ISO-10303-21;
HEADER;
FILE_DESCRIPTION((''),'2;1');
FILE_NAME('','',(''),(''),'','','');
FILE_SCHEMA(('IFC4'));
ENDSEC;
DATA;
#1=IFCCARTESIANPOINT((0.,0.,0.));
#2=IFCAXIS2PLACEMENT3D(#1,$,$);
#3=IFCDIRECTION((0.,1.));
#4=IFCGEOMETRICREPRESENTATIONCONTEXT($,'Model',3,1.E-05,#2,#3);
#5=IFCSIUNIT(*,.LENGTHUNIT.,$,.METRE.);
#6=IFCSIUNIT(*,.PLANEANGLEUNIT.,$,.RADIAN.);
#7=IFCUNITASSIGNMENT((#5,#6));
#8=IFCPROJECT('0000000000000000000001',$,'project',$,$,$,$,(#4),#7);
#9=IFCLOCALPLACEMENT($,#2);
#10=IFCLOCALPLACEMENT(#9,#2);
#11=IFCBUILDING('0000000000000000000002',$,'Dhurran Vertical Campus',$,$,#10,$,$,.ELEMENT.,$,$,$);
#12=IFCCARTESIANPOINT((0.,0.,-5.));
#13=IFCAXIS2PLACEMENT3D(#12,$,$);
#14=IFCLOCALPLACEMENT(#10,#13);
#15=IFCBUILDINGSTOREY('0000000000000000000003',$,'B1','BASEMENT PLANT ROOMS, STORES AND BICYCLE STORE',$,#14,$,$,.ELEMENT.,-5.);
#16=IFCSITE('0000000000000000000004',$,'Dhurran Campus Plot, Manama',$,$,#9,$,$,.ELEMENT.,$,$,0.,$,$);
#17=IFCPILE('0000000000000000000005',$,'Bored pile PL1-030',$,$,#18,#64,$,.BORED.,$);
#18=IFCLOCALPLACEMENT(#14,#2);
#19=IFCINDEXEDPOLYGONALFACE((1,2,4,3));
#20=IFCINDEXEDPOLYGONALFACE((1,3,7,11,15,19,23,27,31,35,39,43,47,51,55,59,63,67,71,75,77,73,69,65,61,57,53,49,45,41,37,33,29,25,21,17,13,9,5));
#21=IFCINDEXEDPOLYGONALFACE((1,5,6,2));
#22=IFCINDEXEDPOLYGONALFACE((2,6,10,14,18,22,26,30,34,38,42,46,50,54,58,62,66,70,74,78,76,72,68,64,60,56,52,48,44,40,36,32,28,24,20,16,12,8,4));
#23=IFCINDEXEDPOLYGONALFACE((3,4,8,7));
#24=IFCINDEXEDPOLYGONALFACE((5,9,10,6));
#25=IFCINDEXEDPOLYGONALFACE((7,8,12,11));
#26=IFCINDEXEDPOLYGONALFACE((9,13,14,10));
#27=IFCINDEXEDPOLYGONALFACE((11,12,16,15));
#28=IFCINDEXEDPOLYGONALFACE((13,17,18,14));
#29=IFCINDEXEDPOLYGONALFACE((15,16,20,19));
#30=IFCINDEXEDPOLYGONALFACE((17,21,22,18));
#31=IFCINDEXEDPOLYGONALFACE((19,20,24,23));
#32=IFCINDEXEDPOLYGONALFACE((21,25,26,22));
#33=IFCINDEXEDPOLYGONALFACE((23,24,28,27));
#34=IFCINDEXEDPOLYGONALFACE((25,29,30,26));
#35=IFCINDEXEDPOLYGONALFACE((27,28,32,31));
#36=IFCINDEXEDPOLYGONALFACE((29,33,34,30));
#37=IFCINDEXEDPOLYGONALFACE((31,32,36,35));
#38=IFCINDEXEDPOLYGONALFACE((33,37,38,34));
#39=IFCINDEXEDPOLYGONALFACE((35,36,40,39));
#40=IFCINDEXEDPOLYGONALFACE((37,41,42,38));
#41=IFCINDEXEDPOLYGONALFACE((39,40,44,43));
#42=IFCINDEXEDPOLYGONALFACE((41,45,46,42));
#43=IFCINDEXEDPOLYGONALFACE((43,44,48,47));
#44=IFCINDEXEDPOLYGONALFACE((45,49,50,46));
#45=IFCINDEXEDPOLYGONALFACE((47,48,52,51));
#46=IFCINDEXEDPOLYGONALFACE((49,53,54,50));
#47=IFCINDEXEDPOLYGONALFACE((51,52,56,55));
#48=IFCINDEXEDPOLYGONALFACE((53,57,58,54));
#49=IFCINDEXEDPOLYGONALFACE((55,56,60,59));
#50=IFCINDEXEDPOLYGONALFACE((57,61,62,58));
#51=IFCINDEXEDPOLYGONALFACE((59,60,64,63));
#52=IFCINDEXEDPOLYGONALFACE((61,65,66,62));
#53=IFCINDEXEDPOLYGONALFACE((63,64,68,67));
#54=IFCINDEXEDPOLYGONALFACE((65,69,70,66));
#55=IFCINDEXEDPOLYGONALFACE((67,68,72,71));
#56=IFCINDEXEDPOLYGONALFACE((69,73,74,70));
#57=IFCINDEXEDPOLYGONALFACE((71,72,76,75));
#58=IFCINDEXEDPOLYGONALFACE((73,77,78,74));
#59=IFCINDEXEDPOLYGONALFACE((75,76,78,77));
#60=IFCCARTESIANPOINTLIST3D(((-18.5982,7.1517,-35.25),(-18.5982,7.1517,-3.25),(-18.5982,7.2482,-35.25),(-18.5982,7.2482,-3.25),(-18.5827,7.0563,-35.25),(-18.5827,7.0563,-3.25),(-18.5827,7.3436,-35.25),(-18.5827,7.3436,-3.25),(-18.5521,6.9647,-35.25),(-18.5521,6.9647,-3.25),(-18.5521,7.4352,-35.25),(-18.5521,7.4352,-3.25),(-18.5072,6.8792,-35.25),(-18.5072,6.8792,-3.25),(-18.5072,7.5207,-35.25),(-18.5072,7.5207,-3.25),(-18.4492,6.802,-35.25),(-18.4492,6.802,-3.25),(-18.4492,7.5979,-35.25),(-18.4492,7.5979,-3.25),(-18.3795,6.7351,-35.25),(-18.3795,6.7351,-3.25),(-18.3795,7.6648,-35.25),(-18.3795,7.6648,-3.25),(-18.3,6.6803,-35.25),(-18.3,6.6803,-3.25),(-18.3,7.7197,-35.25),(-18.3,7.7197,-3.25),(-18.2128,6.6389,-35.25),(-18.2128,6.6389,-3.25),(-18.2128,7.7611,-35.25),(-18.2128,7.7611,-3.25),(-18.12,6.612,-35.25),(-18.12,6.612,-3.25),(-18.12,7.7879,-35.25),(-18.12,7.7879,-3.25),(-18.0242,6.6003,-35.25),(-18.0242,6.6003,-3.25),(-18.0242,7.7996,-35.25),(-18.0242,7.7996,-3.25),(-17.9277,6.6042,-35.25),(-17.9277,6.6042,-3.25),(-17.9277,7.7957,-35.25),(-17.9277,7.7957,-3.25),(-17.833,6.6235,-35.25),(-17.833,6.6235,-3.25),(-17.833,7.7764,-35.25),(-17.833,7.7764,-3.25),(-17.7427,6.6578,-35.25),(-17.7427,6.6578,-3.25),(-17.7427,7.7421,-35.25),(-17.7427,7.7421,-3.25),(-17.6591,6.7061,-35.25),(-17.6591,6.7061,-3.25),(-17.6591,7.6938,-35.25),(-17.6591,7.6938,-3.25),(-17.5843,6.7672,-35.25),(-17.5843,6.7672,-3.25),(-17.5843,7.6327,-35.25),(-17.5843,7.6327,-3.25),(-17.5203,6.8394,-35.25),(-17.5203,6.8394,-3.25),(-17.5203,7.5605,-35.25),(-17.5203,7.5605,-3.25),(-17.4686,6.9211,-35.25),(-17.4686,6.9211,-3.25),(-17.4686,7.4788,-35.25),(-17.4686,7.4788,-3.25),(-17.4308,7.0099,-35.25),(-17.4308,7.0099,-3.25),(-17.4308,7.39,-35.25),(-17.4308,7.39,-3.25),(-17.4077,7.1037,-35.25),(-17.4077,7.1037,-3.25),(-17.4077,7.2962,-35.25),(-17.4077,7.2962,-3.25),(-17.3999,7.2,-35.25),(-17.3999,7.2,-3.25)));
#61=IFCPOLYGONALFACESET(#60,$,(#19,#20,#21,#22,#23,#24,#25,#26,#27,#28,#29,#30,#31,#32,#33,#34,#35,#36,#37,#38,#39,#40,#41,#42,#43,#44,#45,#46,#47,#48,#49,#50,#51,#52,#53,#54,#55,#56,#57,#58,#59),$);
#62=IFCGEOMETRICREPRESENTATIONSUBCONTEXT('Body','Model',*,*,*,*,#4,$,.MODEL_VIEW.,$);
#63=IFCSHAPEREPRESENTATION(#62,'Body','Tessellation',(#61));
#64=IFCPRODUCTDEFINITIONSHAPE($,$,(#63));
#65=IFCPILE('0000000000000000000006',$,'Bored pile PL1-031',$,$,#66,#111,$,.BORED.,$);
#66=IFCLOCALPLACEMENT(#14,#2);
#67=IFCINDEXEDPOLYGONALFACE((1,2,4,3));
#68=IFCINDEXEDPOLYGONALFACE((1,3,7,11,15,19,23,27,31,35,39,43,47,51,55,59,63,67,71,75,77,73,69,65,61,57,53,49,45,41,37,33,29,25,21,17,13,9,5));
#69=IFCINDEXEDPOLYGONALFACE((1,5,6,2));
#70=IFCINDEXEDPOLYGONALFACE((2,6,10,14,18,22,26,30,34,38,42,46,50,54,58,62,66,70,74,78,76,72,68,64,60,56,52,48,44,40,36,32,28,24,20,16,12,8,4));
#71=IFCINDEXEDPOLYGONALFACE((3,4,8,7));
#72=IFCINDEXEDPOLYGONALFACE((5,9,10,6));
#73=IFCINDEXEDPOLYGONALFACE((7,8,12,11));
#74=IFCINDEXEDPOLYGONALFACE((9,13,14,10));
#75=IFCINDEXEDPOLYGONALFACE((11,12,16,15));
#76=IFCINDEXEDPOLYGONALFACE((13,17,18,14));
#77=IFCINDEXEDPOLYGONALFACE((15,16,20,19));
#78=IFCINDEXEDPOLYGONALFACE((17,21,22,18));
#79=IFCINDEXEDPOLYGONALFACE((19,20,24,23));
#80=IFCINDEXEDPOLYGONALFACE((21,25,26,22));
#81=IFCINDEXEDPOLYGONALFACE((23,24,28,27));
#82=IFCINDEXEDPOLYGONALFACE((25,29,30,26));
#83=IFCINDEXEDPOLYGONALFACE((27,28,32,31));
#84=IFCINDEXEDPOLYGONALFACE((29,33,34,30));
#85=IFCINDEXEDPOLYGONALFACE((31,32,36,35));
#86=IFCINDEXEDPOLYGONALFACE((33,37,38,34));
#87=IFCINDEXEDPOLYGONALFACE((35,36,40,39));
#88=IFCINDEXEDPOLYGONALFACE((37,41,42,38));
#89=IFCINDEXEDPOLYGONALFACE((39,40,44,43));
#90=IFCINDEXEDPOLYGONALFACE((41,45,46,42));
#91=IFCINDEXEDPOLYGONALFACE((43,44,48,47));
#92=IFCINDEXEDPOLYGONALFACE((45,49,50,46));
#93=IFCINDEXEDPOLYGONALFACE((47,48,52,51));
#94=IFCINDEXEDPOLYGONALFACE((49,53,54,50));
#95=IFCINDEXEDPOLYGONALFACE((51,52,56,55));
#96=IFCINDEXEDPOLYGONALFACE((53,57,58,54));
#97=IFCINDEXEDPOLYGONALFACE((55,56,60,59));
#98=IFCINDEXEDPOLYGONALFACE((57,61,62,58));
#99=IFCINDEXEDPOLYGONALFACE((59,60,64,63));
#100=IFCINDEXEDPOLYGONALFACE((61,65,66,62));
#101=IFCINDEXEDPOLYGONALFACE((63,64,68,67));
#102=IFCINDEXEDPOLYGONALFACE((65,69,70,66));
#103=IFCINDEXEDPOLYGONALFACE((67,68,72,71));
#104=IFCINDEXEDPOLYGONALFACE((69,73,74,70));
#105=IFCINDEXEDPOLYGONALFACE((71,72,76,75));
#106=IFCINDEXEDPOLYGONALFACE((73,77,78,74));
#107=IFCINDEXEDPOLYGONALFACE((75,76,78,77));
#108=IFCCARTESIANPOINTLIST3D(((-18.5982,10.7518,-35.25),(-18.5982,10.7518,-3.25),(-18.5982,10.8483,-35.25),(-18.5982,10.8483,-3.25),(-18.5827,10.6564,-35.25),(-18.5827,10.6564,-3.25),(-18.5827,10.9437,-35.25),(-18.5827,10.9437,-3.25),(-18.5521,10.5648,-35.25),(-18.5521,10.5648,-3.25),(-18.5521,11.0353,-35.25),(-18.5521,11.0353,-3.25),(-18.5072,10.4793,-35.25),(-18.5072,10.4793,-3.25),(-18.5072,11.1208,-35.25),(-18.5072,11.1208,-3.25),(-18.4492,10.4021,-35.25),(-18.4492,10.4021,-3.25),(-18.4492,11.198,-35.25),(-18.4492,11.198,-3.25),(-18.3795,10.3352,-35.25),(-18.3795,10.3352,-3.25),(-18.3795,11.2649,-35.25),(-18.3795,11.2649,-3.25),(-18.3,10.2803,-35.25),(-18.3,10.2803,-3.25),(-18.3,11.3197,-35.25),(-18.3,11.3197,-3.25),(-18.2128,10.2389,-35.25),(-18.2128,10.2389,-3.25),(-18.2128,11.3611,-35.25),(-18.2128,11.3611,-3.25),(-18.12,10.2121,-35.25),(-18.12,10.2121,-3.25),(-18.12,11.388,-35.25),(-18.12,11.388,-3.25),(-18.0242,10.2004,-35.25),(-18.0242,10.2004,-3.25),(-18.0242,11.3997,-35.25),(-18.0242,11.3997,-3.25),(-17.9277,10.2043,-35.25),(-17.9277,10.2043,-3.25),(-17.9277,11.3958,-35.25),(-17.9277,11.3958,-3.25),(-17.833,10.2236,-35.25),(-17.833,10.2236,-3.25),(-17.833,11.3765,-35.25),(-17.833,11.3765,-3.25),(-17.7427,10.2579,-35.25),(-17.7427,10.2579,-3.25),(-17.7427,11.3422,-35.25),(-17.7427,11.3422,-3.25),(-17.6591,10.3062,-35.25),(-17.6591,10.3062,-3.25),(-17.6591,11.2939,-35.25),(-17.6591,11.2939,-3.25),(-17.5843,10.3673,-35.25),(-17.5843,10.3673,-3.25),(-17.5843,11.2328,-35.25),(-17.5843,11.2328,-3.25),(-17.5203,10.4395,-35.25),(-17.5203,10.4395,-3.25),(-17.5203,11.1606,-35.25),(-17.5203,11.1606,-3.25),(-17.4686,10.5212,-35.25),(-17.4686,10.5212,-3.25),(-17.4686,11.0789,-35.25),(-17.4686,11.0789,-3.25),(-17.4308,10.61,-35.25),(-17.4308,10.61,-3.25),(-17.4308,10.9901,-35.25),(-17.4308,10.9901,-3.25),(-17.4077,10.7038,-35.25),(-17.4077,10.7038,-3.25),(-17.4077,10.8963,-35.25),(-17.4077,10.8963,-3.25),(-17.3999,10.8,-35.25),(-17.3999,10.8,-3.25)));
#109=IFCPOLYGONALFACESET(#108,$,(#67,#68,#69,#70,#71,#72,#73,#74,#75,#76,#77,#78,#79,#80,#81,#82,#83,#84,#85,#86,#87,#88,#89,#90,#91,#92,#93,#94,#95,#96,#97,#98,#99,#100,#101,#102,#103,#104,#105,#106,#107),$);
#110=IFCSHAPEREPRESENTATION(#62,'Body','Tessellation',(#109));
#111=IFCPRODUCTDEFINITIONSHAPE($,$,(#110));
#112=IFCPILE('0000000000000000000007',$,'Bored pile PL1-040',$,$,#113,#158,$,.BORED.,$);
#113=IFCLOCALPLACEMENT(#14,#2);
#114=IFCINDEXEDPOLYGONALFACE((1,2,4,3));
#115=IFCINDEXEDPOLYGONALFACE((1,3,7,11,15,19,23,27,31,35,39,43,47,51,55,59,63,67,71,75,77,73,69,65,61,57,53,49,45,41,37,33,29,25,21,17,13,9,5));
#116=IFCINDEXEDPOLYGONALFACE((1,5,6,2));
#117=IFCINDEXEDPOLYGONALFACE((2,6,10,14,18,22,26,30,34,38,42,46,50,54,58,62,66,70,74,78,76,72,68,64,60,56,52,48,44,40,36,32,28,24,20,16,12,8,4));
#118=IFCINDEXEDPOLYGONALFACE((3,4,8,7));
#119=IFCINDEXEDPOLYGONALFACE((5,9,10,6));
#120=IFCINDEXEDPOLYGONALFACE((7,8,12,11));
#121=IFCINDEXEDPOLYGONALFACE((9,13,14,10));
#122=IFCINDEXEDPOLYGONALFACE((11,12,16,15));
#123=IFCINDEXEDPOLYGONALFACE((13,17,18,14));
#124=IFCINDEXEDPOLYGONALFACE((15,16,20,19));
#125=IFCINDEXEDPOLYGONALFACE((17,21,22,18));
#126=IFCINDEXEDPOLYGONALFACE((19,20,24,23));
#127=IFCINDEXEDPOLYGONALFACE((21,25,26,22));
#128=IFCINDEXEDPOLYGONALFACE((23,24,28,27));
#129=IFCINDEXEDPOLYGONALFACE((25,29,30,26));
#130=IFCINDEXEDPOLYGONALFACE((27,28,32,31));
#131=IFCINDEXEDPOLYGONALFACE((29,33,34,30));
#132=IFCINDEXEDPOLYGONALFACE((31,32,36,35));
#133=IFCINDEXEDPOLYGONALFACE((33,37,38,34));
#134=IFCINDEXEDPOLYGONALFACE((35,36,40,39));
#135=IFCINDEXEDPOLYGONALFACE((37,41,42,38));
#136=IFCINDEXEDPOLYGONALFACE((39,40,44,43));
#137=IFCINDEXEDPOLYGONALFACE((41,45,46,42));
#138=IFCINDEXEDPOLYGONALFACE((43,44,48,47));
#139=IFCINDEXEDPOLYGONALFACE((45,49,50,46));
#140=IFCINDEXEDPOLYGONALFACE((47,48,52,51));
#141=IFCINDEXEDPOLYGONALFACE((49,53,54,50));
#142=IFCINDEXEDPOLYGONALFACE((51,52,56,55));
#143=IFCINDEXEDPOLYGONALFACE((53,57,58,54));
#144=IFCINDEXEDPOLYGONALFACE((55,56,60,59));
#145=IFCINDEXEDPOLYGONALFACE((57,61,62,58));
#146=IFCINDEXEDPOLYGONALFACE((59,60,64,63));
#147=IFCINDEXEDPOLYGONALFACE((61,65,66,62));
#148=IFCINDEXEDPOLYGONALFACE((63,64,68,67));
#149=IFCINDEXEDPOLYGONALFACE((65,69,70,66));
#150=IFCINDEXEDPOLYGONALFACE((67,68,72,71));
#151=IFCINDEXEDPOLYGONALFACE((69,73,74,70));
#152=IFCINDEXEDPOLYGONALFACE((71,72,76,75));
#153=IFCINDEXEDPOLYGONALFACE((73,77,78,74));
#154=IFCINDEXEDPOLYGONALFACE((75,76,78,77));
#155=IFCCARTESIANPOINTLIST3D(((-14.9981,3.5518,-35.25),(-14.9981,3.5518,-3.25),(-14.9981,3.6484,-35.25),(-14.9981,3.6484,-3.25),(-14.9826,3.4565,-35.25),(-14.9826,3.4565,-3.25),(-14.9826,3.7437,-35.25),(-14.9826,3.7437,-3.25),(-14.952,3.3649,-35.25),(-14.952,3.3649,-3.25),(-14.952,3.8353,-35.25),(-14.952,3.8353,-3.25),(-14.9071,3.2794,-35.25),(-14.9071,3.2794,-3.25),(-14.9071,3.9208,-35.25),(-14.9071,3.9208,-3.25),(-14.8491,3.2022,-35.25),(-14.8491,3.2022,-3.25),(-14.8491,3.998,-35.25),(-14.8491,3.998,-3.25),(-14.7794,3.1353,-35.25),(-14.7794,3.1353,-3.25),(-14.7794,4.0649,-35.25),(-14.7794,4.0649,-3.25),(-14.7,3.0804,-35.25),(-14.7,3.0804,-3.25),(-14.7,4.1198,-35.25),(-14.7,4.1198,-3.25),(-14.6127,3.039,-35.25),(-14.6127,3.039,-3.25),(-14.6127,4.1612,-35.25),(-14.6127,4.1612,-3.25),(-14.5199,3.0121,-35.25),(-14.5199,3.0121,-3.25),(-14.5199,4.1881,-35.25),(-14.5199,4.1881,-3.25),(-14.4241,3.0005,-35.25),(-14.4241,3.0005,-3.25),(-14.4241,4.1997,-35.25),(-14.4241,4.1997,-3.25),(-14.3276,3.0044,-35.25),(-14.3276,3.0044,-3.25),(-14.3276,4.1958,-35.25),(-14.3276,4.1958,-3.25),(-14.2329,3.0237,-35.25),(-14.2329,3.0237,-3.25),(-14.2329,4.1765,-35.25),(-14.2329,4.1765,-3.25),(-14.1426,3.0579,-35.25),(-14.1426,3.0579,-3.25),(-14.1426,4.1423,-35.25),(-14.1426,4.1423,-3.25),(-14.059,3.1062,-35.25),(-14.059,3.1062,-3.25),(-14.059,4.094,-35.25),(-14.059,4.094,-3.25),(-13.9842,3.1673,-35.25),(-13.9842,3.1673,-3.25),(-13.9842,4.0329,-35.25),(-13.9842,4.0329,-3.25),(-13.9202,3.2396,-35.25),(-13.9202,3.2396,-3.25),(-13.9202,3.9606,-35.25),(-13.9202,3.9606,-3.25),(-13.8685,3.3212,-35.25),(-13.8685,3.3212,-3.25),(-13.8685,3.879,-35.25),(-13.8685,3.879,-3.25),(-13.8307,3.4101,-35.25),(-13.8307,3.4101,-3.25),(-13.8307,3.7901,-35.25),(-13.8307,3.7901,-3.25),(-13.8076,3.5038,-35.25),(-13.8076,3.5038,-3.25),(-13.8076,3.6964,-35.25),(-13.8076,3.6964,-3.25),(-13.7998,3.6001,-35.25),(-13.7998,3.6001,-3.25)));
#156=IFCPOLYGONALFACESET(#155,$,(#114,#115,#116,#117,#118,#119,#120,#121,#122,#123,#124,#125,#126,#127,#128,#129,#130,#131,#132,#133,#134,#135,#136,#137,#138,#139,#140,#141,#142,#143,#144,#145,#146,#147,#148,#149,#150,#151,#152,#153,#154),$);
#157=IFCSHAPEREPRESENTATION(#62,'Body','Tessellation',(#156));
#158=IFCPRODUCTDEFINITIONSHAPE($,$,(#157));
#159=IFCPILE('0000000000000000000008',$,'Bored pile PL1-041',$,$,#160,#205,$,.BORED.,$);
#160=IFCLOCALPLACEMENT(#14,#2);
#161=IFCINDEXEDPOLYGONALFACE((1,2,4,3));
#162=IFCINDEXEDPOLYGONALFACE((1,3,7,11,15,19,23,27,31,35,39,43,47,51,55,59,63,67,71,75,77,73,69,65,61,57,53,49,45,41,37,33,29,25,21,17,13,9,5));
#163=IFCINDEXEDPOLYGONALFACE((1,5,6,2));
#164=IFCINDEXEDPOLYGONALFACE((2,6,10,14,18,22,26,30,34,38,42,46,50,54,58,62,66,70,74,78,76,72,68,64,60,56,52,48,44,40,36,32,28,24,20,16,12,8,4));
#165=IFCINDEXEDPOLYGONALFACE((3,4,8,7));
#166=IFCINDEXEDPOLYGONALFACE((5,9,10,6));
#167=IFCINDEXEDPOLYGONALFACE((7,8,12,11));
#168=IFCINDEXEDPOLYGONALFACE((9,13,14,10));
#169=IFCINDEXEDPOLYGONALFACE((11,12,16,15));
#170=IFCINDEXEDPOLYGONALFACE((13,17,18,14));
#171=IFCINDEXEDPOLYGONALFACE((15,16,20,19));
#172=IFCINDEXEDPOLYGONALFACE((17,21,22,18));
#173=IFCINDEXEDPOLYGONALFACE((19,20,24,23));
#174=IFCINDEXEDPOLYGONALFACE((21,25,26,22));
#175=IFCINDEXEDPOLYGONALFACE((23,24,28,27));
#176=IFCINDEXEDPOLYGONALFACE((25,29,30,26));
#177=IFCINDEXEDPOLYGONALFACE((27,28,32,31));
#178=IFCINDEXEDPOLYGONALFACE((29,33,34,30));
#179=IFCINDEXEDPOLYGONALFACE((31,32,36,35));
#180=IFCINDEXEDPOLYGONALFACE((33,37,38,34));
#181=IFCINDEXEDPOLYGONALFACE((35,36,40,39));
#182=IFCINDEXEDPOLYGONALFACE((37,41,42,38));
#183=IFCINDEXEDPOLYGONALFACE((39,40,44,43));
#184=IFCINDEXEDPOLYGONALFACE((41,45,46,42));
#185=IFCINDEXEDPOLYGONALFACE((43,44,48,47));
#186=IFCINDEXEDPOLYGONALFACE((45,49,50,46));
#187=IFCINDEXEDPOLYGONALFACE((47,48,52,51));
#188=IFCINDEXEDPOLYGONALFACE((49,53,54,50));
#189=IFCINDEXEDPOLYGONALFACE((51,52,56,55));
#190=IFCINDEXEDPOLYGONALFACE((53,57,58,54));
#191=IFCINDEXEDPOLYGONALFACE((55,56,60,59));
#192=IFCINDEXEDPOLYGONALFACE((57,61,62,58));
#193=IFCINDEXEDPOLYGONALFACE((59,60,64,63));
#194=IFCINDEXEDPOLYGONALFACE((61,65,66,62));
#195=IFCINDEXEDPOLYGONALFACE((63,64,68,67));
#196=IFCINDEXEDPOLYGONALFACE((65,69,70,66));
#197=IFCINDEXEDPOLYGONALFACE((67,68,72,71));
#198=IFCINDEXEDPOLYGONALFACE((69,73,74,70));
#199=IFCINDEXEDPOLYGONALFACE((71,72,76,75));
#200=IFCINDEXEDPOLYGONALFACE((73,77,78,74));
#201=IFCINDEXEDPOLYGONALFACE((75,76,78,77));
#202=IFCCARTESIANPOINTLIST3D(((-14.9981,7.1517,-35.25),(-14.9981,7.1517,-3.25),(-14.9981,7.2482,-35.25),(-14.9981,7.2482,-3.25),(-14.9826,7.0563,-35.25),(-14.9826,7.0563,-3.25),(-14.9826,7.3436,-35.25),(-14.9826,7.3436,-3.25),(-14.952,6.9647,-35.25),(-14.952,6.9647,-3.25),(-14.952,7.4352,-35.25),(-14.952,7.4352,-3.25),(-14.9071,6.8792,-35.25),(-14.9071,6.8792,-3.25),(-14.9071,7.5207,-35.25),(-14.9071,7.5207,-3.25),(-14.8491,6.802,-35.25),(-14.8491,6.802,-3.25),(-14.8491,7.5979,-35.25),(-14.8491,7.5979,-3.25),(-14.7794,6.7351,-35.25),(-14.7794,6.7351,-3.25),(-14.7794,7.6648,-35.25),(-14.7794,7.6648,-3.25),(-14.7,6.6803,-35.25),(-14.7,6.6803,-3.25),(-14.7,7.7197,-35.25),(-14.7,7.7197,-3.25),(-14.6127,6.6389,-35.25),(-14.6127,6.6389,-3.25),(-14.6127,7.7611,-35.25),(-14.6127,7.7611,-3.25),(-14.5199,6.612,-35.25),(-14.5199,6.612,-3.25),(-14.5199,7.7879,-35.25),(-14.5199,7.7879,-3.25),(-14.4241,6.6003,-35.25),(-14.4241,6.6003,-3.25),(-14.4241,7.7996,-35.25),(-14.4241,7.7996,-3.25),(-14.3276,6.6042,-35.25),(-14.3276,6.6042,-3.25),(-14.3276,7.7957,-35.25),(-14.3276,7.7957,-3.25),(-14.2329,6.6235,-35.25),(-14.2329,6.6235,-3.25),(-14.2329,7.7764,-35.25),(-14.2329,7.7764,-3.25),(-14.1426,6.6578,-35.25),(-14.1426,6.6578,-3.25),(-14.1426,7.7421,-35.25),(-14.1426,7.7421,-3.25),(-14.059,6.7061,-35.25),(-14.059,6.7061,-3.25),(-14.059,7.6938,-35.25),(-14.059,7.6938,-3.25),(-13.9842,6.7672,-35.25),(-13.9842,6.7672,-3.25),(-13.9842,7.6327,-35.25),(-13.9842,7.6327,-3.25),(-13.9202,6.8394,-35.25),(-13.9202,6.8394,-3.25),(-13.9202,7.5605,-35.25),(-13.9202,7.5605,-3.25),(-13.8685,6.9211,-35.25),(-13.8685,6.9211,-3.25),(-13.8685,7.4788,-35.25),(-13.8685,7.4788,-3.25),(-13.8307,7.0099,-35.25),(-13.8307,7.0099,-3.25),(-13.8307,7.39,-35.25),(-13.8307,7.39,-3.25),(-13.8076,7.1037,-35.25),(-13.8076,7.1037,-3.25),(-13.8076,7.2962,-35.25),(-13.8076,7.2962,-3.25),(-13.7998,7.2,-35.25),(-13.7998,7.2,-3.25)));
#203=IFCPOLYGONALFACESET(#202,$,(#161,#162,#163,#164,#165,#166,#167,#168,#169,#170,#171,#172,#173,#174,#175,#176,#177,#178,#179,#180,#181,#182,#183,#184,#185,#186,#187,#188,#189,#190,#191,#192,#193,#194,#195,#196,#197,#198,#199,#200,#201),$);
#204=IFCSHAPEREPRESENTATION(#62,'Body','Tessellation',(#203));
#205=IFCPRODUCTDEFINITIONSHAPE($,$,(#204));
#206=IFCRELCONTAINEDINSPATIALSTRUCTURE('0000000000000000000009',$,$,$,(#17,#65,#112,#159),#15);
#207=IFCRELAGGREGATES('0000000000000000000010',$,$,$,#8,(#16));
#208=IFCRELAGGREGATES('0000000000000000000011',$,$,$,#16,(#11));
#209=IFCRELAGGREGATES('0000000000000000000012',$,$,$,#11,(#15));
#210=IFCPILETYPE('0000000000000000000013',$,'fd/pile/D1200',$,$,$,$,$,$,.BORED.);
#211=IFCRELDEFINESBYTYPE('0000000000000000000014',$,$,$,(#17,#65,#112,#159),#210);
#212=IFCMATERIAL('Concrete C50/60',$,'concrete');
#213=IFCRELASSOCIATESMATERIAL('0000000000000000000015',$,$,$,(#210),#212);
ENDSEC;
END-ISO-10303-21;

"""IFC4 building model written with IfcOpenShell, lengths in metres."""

from ifc_helpers import new_model, si_unit, direction, frame, origin, origin_2d, place, context, subcontext, project, spatial, circle, extrude, material, material_profile, profile_set, type_object, element, save


model = new_model("IFC4")

# Units and contexts
model_context = context("Model", 3, precision=1e-05, world=origin(), true_north=direction((0.0, 1.0)))
body_context = subcontext(model_context, "Body", "Model", "MODEL_VIEW")
ifc_project = project(units=[si_unit("LENGTHUNIT", "METRE"), si_unit("PLANEANGLEUNIT", "RADIAN")], contexts=[model_context])

# Site, building, storey
site_placement = place(None, origin())
site = spatial("IfcSite", under=ifc_project, at=site_placement, Name="Dhurran Campus Plot, Manama", CompositionType="ELEMENT", RefElevation=0.0)
building_placement = place(site_placement, origin())
building = spatial("IfcBuilding", under=site, at=building_placement, Name="Dhurran Vertical Campus", CompositionType="ELEMENT")
storey_placement = place(building_placement, frame((0.0, 0.0, -5.0)))
storey = spatial("IfcBuildingStorey", under=building, at=storey_placement, Name="B1", Description="BASEMENT PLANT ROOMS, STORES AND BICYCLE STORE", CompositionType="ELEMENT", Elevation=-5.0)

# Piles
ifc_material_1 = material(Name="Concrete C50/60", Category="concrete")
ifc_material_profile = material_profile(ifc_material_1, circle(Radius=0.6001, at=origin_2d()), Name="fd/pile/D1200")
ifc_profile_set = profile_set([ifc_material_profile], Name="Concrete C50/60")
pile_type = type_object("IfcPileType", Name="fd/pile/D1200", PredefinedType="BORED", material=ifc_profile_set)
for number, where, z_axis, x_axis, name in (
    (1, (-18.0, 7.2, -3.25), (0.0, 0.0, -1.0), (1.0, 0.0, 0.0), "Bored pile PL1-030"),
    (2, (-18.0, 10.8, -3.25), (0.0, 0.0, -1.0), (1.0, 0.0, 0.0), "Bored pile PL1-031"),
    (3, (-14.3999, 3.6001, -3.25), (0.0, 0.0, -1.0), (1.0, 0.0, 0.0), "Bored pile PL1-040"),
    (4, (-14.3999, 7.2, -3.25), (0.0, 0.0, -1.0), (1.0, 0.0, 0.0), "Bored pile PL1-041"),
):
    element("IfcPile", number, at=place(storey_placement, frame(where, z_axis=z_axis, x_axis=x_axis)), inside=storey, type_object=pile_type, Name=name, PredefinedType="BORED", context=body_context, shape_type="SweptSolid", body=[
        extrude(circle(Radius=0.6001, at=origin_2d()), origin(), (0.0, 0.0, 1.0), 32.0),
    ])

save(model, "model.ifc")
